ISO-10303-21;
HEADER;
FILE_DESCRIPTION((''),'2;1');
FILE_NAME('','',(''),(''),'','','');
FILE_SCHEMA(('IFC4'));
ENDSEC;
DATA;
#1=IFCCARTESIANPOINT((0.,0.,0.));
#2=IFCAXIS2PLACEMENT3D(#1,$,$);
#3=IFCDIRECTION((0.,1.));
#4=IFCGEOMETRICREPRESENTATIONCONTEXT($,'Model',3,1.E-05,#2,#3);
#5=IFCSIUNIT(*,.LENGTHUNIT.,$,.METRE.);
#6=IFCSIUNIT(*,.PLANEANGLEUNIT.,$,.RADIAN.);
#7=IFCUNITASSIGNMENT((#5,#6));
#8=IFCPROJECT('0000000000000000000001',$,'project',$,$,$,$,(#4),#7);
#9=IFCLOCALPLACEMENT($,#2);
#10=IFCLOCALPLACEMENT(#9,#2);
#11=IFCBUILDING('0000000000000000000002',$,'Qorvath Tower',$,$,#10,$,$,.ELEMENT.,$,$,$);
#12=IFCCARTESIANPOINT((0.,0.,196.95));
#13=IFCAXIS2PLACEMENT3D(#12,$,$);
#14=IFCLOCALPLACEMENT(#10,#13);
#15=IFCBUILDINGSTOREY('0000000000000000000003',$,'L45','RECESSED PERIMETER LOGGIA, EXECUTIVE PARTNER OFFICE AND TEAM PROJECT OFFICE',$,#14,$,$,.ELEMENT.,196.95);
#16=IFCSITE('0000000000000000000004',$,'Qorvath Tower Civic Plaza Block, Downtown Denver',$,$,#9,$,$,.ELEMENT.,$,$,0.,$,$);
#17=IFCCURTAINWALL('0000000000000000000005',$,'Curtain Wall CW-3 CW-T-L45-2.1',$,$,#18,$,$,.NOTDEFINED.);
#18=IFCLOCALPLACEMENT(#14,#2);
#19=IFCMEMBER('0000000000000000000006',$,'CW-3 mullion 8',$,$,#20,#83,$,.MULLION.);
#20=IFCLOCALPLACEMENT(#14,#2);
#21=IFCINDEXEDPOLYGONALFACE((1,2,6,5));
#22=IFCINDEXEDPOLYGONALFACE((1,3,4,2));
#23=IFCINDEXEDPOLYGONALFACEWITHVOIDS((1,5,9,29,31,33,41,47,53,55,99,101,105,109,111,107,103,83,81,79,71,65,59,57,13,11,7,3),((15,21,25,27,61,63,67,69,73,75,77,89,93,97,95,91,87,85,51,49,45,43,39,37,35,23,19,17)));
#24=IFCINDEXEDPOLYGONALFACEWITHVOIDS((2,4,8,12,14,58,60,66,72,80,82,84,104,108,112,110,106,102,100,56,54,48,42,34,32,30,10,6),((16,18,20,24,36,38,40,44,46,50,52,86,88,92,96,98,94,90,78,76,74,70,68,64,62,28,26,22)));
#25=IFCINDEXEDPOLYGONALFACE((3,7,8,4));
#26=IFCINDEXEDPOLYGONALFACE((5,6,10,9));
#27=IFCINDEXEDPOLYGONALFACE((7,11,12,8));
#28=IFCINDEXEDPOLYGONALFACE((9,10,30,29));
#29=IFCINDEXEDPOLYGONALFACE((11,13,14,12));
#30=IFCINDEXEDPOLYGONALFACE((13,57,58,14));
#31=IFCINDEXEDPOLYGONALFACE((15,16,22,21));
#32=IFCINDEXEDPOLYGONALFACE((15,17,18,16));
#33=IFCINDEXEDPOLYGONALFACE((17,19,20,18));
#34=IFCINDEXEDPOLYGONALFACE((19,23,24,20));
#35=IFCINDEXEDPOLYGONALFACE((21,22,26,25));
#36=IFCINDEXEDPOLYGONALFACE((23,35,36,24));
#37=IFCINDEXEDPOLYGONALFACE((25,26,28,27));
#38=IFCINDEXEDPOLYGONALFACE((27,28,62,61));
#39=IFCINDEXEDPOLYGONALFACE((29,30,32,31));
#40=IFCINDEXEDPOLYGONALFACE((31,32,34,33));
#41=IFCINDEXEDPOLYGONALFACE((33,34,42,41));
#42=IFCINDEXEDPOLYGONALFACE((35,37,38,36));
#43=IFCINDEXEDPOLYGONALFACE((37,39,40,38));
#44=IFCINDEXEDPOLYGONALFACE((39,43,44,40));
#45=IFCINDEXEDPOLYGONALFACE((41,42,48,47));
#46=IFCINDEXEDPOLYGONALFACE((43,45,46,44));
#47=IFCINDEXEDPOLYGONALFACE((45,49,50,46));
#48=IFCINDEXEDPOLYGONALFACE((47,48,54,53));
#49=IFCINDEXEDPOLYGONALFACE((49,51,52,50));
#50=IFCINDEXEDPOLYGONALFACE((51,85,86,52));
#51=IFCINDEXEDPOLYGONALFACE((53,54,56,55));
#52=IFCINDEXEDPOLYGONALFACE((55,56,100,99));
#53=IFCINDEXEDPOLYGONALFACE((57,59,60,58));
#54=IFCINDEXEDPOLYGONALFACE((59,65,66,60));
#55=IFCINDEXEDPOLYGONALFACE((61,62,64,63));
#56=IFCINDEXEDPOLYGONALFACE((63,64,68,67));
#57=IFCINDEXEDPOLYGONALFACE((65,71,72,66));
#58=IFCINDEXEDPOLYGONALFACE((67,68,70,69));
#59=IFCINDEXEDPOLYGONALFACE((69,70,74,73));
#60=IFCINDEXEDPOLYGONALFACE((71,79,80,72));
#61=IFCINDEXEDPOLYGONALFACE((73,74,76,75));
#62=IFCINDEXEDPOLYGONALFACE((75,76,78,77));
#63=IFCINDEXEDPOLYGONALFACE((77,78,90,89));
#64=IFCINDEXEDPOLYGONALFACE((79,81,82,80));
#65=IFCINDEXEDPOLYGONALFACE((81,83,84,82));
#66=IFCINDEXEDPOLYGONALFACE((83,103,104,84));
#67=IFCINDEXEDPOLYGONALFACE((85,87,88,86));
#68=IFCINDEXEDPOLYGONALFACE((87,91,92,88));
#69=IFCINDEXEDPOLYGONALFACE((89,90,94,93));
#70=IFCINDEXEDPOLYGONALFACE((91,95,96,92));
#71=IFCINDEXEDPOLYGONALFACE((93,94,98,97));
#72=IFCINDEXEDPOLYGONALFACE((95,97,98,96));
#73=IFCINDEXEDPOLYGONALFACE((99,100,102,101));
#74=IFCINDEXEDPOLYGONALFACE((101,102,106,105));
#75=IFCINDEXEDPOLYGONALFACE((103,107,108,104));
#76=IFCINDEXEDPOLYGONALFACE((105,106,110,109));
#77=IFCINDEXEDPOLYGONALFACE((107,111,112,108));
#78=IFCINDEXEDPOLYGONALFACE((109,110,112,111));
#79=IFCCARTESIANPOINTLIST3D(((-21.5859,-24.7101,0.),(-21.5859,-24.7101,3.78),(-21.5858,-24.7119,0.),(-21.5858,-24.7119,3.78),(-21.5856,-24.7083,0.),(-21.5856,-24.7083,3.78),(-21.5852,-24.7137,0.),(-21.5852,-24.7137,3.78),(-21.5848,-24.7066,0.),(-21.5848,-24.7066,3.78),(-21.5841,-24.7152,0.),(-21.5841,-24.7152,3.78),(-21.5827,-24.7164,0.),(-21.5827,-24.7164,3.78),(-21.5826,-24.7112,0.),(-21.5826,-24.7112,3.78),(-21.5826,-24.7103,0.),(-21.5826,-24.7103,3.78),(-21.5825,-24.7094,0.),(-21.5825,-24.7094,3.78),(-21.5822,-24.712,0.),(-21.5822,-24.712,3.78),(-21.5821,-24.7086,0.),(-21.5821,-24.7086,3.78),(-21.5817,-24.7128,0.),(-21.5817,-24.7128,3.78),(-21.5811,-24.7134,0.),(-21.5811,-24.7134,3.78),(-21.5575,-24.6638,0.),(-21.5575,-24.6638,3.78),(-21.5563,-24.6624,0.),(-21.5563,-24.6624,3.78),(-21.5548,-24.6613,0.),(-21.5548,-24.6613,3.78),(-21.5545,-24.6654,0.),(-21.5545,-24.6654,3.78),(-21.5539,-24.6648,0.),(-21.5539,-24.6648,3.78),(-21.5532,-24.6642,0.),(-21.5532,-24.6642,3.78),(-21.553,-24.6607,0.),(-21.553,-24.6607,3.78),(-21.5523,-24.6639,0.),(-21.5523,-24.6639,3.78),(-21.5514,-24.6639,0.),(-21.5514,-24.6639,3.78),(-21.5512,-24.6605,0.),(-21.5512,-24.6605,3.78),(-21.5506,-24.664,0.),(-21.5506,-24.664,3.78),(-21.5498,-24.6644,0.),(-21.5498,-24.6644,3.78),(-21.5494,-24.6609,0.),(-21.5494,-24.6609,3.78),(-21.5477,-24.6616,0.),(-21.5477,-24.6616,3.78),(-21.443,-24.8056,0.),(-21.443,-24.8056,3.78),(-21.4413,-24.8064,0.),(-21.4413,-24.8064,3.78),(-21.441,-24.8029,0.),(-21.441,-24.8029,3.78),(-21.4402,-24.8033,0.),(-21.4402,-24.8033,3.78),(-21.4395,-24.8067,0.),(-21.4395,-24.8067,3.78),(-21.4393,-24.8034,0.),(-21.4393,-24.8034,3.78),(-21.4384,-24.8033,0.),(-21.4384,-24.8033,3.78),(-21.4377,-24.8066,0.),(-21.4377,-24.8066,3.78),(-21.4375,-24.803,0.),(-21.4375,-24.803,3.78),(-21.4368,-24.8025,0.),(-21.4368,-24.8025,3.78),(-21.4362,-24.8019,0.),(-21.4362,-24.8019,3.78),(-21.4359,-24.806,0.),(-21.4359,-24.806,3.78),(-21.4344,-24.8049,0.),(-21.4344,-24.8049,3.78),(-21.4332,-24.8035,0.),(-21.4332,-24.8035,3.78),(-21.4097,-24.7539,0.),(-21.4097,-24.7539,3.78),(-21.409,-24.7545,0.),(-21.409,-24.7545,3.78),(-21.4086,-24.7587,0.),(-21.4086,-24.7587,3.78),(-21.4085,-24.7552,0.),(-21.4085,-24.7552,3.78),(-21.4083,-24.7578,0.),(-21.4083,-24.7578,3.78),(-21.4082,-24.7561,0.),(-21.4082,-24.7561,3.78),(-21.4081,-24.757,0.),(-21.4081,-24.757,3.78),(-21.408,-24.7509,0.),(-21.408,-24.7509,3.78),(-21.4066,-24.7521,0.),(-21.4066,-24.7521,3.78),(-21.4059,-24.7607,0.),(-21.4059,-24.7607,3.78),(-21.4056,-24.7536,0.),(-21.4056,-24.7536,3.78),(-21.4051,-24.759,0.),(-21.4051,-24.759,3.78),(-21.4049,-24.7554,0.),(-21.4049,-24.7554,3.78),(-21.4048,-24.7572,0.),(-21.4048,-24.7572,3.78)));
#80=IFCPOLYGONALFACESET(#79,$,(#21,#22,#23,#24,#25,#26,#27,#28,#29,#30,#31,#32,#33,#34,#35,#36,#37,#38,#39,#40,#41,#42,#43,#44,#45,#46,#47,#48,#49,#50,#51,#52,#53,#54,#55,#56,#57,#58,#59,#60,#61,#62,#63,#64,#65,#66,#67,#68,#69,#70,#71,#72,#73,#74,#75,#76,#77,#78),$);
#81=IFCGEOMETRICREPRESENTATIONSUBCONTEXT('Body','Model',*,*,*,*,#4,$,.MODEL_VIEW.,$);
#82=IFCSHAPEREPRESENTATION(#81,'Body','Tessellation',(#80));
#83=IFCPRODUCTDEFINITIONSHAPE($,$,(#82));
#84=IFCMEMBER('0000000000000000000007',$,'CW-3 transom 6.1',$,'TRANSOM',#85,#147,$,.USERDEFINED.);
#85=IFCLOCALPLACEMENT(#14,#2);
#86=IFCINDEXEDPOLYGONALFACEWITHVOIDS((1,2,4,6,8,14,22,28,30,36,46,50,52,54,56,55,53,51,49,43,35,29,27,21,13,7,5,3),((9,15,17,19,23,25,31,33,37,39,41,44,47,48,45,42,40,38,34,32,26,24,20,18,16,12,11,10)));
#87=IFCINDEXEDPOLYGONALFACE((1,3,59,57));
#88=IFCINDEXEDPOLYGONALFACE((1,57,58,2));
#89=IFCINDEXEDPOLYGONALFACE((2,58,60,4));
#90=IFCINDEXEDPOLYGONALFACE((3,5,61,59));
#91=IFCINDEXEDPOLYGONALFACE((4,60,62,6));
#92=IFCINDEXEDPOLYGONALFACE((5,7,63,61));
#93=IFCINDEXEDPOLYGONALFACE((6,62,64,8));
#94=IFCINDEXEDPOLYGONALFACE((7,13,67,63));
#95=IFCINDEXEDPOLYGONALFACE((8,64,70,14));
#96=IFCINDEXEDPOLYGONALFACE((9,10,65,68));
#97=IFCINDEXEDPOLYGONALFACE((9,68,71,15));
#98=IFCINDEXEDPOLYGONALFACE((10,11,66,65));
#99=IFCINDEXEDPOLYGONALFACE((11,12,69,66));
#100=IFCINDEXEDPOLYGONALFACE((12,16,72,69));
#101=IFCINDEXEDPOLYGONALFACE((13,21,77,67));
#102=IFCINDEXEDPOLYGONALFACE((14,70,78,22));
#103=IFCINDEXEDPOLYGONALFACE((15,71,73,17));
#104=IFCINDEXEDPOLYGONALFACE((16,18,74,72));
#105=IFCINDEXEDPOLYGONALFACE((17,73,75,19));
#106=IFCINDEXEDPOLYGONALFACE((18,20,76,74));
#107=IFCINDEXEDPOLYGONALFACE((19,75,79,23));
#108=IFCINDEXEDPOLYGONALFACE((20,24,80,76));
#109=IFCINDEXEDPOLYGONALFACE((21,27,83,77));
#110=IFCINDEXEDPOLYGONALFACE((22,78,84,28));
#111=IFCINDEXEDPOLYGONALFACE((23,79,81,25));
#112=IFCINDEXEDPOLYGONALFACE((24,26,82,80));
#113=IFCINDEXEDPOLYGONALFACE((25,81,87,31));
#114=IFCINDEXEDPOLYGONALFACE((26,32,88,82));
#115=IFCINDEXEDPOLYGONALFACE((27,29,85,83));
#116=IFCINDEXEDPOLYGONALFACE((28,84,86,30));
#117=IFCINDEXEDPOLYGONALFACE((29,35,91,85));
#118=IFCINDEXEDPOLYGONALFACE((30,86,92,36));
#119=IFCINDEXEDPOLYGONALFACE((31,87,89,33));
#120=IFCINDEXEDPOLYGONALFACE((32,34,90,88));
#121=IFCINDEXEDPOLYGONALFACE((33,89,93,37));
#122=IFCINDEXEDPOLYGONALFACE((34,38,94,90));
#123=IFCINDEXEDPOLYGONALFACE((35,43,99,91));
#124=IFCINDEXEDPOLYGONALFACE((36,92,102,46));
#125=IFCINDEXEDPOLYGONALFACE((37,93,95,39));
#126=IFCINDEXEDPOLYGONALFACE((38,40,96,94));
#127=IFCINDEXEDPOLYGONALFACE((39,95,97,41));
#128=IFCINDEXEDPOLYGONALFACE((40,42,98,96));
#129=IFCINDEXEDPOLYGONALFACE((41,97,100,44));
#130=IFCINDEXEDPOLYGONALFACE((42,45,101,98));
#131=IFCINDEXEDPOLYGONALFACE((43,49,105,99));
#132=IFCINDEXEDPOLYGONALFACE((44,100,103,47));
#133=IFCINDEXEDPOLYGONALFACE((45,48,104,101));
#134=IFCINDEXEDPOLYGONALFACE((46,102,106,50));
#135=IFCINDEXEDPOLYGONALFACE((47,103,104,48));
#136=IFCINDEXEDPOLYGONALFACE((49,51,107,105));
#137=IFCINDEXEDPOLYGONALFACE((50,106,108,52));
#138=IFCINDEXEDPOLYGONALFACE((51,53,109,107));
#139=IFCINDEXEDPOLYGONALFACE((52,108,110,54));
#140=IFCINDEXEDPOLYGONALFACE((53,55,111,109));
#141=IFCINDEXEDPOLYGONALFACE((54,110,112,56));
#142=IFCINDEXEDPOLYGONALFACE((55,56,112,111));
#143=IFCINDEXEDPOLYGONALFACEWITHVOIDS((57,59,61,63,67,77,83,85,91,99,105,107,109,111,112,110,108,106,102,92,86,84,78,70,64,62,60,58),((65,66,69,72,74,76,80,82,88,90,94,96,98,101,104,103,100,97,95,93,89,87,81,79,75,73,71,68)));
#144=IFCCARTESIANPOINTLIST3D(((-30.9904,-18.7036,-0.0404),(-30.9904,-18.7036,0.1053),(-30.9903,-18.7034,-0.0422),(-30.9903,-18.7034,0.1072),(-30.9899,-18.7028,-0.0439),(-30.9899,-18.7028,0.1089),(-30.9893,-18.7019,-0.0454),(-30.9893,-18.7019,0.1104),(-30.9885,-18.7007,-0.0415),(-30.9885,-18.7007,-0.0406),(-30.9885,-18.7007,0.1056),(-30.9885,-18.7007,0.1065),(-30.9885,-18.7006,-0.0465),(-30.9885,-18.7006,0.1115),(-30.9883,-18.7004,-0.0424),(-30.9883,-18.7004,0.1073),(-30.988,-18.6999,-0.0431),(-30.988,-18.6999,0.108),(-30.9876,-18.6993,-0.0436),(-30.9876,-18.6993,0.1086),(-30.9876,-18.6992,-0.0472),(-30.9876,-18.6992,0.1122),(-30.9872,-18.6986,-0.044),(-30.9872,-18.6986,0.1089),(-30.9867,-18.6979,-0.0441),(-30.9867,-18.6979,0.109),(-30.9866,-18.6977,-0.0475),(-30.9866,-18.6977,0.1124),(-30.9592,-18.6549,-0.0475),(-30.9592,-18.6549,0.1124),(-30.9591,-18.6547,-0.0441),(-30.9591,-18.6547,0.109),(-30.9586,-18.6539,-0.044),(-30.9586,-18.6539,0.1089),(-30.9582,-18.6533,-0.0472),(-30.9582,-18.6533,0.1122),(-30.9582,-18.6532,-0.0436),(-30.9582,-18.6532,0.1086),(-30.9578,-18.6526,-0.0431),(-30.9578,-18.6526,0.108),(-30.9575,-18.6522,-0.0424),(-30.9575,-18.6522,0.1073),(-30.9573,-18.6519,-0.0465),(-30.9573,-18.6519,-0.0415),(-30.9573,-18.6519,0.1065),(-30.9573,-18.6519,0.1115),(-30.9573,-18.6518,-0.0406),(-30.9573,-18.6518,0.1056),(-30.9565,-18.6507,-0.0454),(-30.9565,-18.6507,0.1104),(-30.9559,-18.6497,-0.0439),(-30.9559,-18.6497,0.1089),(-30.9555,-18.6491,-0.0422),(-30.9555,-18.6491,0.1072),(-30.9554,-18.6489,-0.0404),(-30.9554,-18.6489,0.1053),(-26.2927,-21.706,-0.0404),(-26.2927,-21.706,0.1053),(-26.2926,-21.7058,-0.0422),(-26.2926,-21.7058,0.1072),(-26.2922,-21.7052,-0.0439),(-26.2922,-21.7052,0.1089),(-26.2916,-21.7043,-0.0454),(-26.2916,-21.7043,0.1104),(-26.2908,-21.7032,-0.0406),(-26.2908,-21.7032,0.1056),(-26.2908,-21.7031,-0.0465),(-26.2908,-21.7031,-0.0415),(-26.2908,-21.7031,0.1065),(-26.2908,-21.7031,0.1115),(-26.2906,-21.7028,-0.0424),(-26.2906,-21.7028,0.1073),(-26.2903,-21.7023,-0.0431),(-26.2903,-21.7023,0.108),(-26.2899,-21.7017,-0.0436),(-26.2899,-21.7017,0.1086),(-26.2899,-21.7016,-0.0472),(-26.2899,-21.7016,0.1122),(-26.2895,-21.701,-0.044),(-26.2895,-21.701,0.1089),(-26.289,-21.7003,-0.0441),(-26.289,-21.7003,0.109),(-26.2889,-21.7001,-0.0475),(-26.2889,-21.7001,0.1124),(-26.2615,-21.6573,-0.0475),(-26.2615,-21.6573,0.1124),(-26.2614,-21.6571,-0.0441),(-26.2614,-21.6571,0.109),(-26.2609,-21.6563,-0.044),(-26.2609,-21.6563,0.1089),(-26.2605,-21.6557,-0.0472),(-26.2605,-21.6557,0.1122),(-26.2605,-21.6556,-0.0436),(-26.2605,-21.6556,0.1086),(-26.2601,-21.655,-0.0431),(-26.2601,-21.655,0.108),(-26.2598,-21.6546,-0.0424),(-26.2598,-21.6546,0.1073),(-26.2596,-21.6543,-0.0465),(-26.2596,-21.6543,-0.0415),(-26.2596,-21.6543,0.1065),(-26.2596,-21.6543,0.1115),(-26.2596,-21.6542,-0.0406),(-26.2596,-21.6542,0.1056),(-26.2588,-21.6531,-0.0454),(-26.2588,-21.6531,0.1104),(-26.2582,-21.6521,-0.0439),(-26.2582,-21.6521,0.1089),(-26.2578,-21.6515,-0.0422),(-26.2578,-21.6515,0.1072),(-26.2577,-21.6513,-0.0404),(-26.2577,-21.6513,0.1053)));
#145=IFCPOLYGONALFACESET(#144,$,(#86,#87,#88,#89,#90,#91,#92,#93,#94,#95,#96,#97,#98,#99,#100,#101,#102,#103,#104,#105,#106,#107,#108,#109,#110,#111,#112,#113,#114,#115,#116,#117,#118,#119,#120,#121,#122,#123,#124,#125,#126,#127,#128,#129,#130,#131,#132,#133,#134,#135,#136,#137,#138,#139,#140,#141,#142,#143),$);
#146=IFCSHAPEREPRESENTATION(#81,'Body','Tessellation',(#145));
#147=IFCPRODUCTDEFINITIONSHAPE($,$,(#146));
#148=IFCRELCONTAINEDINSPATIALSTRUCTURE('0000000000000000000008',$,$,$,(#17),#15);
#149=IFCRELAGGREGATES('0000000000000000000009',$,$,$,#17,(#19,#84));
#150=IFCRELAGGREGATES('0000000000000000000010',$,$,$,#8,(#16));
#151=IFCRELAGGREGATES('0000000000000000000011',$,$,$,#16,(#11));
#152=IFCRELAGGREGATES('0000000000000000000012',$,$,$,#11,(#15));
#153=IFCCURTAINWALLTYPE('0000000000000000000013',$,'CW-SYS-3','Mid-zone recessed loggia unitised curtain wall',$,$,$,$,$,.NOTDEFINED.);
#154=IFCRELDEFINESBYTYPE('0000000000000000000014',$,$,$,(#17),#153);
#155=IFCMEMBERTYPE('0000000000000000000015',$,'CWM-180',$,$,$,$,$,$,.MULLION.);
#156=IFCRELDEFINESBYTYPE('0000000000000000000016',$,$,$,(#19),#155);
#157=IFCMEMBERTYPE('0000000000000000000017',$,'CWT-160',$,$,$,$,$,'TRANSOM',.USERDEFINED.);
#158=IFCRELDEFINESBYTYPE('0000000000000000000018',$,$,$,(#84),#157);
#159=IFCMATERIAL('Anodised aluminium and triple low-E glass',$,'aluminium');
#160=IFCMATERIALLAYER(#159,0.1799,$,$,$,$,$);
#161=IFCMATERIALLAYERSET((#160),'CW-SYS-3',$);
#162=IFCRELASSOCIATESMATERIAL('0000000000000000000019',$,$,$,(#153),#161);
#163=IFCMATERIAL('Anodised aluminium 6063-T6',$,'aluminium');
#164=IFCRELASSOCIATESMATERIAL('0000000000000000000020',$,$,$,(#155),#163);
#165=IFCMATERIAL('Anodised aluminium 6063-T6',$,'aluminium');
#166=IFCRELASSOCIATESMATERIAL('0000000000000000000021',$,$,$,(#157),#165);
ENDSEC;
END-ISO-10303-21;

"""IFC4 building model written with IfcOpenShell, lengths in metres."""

from ifc_helpers import new_model, si_unit, direction, frame, origin, origin_2d, place, context, subcontext, project, spatial, hollow_rectangle, extrude, material, layer, layer_set, material_profile, profile_set, type_object, element, aggregate, save


model = new_model("IFC4")

# Units and contexts
model_context = context("Model", 3, precision=1e-05, world=origin(), true_north=direction((0.0, 1.0)))
body_context = subcontext(model_context, "Body", "Model", "MODEL_VIEW")
ifc_project = project(units=[si_unit("LENGTHUNIT", "METRE"), si_unit("PLANEANGLEUNIT", "RADIAN")], contexts=[model_context])

# Site, building, storey
site_placement = place(None, origin())
site = spatial("IfcSite", under=ifc_project, at=site_placement, Name="Qorvath Tower Civic Plaza Block, Downtown Denver", CompositionType="ELEMENT", RefElevation=0.0)
building_placement = place(site_placement, origin())
building = spatial("IfcBuilding", under=site, at=building_placement, Name="Qorvath Tower", CompositionType="ELEMENT")
storey_placement = place(building_placement, frame((0.0, 0.0, 196.95)))
storey = spatial("IfcBuildingStorey", under=building, at=storey_placement, Name="L45", Description="RECESSED PERIMETER LOGGIA, EXECUTIVE PARTNER OFFICE AND TEAM PROJECT OFFICE", CompositionType="ELEMENT", Elevation=196.95)

# Curtain wall, members
ifc_material_1 = material(Name="Anodised aluminium and triple low-E glass", Category="aluminium")
ifc_layer_1 = layer(ifc_material_1, 0.1799)
ifc_layer_set_1 = layer_set([ifc_layer_1], Name="CW-SYS-3")
curtain_wall_type = type_object("IfcCurtainWallType", Name="CW-SYS-3", Description="Mid-zone recessed loggia unitised curtain wall", PredefinedType="NOTDEFINED", material=ifc_layer_set_1)
curtain_wall_placement = place(storey_placement, origin())
curtain_wall = element("IfcCurtainWall", 1, at=curtain_wall_placement, inside=storey, type_object=curtain_wall_type, Name="Curtain Wall CW-3 CW-T-L45-2.1", PredefinedType="NOTDEFINED")
ifc_material_2 = material(Name="Anodised aluminium 6063-T6", Category="aluminium")
ifc_material_profile_1 = material_profile(ifc_material_2, hollow_rectangle(XDim=0.0649, YDim=0.1799, WallThickness=0.0034, InnerFilletRadius=0.0034, OuterFilletRadius=0.0071, at=origin_2d()), Name="CWM 180x65")
ifc_profile_set_1 = profile_set([ifc_material_profile_1], Name="Anodised aluminium 6063-T6")
member_type_1 = type_object("IfcMemberType", Name="CWM-180", PredefinedType="MULLION", material=ifc_profile_set_1)
member_1_placement = place(storey_placement, frame((-21.4954, -24.7336, 0.0), z_axis=(0.0, 0.0, 1.0), x_axis=(0.538534, 0.842604, 0.0)))
member_1 = element("IfcMember", 2, at=member_1_placement, type_object=member_type_1, Name="CW-3 mullion 8", PredefinedType="MULLION", context=body_context, shape_type="SweptSolid", body=[
    extrude(hollow_rectangle(XDim=0.0649, YDim=0.1799, WallThickness=0.0034, InnerFilletRadius=0.0034, OuterFilletRadius=0.0071, at=origin_2d()), origin(), (0.0, 0.0, 1.0), 3.78),
])
ifc_material_3 = material(Name="Anodised aluminium 6063-T6", Category="aluminium")
ifc_material_profile_2 = material_profile(ifc_material_3, hollow_rectangle(XDim=0.0649, YDim=0.1599, WallThickness=0.0034, InnerFilletRadius=0.0034, OuterFilletRadius=0.0071, at=origin_2d()), Name="CWT 160x65")
ifc_profile_set_2 = profile_set([ifc_material_profile_2], Name="Anodised aluminium 6063-T6")
member_type_2 = type_object("IfcMemberType", Name="CWT-160", ElementType="TRANSOM", PredefinedType="USERDEFINED", material=ifc_profile_set_2)
member_2_placement = place(storey_placement, frame((-30.9729, -18.6763, 0.0325), z_axis=(0.842607, -0.538529, 0.0), x_axis=(0.538529, 0.842607, 0.0)))
member_2 = element("IfcMember", 3, at=member_2_placement, type_object=member_type_2, Name="CW-3 transom 6.1", ObjectType="TRANSOM", PredefinedType="USERDEFINED", context=body_context, shape_type="SweptSolid", body=[
    extrude(hollow_rectangle(XDim=0.0649, YDim=0.1599, WallThickness=0.0034, InnerFilletRadius=0.0034, OuterFilletRadius=0.0071, at=origin_2d()), origin(), (0.0, 0.0, 1.0), 5.5752),
])
aggregate(curtain_wall, [member_1, member_2])

save(model, "model.ifc")
